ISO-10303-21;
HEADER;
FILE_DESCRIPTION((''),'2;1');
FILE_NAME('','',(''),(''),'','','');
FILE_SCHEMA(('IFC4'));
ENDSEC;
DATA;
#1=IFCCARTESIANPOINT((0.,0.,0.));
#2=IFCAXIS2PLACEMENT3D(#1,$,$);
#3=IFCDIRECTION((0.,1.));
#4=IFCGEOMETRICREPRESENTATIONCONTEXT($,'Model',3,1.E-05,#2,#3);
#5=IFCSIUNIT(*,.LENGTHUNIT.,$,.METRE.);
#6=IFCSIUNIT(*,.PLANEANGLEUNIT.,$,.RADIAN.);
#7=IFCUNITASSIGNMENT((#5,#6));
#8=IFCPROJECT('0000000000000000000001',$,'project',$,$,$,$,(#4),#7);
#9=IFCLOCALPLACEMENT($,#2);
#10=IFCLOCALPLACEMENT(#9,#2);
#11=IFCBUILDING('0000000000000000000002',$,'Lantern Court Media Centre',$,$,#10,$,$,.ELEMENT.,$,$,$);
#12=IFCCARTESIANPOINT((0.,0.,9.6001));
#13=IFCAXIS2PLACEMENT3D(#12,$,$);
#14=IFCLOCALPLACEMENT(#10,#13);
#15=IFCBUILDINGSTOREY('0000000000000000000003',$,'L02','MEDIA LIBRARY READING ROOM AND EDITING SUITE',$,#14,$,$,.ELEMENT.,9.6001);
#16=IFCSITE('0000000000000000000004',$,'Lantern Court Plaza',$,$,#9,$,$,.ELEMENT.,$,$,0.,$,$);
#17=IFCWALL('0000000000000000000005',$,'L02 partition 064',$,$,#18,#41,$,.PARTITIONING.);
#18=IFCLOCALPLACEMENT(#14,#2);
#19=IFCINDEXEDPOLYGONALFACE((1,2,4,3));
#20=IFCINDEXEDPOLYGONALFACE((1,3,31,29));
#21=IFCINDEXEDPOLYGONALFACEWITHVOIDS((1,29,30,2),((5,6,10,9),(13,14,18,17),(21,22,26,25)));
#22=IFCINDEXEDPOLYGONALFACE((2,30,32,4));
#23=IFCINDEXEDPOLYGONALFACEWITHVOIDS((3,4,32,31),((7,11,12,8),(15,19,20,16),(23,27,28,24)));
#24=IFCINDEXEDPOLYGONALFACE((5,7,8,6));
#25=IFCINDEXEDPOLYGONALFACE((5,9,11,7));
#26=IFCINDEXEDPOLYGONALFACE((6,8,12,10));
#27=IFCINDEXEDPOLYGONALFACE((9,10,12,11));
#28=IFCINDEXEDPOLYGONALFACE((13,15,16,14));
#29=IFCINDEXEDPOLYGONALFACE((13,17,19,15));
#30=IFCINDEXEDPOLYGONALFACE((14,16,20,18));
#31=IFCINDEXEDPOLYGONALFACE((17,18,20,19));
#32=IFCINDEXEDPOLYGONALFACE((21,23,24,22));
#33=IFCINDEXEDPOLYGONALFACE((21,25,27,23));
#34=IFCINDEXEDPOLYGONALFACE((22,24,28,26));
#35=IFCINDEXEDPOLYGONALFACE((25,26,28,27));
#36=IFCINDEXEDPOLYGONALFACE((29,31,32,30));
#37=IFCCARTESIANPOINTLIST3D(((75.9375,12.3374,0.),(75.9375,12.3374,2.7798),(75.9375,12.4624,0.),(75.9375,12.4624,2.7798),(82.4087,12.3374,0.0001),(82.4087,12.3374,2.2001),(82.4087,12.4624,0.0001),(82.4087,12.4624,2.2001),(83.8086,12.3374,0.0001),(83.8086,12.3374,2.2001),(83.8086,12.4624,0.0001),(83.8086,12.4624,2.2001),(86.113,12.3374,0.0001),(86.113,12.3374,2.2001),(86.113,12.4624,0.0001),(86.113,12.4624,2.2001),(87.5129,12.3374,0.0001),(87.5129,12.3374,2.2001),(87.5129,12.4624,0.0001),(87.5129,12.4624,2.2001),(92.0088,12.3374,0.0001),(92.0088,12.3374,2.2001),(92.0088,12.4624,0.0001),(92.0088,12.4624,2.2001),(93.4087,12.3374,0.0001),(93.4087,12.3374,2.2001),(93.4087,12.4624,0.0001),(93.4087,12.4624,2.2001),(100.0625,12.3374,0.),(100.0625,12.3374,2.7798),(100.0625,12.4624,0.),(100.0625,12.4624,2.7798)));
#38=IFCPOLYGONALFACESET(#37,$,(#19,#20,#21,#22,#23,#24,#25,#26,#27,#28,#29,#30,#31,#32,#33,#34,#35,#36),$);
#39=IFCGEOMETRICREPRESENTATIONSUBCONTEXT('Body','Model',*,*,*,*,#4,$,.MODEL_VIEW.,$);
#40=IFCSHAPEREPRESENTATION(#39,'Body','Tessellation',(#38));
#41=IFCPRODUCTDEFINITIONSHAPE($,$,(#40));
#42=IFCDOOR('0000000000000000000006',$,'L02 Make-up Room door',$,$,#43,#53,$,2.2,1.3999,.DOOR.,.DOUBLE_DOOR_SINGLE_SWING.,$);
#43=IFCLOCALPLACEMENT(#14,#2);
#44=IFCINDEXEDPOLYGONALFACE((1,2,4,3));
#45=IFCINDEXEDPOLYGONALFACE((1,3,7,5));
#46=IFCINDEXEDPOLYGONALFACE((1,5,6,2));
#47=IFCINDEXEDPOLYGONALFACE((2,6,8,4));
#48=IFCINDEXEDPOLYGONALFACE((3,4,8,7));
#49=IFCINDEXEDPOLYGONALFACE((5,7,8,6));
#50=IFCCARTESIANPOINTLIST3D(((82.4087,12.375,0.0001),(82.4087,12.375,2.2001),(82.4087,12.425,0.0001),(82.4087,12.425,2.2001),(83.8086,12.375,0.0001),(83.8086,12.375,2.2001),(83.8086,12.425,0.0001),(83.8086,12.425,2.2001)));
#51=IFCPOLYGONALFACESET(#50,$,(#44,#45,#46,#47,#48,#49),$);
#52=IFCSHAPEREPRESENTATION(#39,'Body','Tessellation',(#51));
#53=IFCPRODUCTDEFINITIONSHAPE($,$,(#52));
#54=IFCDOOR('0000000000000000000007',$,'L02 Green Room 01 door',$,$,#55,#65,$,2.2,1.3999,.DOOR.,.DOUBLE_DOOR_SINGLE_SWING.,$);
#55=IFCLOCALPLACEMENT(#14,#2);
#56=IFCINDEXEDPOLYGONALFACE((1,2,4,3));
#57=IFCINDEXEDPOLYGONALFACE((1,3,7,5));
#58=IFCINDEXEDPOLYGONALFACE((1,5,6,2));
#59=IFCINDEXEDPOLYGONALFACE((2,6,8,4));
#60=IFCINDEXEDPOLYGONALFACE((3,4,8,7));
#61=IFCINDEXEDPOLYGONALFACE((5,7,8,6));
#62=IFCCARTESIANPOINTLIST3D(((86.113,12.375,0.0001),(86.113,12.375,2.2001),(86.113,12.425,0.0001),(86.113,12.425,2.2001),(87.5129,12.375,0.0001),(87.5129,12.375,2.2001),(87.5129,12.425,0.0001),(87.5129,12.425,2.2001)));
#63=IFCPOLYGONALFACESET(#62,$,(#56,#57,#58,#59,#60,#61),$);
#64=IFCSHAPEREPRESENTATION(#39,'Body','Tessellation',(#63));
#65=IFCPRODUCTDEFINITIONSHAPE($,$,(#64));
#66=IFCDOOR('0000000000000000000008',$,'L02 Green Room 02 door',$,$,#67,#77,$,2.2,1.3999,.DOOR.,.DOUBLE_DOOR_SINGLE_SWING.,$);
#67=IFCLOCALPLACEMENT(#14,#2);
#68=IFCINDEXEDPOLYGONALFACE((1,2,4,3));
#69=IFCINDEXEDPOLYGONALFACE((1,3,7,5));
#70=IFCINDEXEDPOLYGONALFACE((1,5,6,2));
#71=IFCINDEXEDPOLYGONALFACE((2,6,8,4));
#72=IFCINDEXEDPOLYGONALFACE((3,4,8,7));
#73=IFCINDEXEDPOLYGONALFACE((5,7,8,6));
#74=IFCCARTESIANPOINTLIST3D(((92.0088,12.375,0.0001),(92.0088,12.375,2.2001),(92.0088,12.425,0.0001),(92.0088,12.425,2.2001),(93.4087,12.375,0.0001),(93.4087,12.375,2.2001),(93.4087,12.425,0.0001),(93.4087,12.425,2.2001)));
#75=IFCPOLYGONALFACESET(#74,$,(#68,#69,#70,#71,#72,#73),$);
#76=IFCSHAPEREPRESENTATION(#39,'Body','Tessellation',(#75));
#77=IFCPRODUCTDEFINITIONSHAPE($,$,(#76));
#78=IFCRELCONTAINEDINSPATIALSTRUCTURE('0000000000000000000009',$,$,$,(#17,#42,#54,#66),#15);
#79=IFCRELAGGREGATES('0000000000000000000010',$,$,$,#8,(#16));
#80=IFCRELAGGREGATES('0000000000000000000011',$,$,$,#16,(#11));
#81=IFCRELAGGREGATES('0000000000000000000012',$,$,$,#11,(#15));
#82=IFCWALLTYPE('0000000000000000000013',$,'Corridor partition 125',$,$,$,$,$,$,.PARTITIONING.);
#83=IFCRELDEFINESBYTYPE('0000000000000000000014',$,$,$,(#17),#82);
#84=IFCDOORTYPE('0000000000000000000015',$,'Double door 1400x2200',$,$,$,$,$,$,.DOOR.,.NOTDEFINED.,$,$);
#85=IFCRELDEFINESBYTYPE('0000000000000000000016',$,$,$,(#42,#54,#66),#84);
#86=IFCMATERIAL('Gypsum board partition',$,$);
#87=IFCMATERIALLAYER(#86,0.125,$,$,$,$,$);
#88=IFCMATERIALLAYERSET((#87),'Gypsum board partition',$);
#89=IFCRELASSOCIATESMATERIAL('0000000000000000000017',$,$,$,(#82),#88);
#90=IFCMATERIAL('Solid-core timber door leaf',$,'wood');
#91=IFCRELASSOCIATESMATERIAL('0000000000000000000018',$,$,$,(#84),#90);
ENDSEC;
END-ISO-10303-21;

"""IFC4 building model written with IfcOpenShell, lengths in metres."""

from ifc_helpers import new_model, si_unit, direction, frame, frame_2d, origin, place, context, subcontext, project, spatial, rectangle, extrude, material, layer, layer_set, type_object, element, fill, save


model = new_model("IFC4")

# Units and contexts
model_context = context("Model", 3, precision=1e-05, world=origin(), true_north=direction((0.0, 1.0)))
body_context = subcontext(model_context, "Body", "Model", "MODEL_VIEW")
ifc_project = project(units=[si_unit("LENGTHUNIT", "METRE"), si_unit("PLANEANGLEUNIT", "RADIAN")], contexts=[model_context])

# Site, building, storey
site_placement = place(None, origin())
site = spatial("IfcSite", under=ifc_project, at=site_placement, Name="Lantern Court Plaza", CompositionType="ELEMENT", RefElevation=0.0)
building_placement = place(site_placement, origin())
building = spatial("IfcBuilding", under=site, at=building_placement, Name="Lantern Court Media Centre", CompositionType="ELEMENT")
storey_placement = place(building_placement, frame((0.0, 0.0, 9.6001)))
storey = spatial("IfcBuildingStorey", under=building, at=storey_placement, Name="L02", Description="MEDIA LIBRARY READING ROOM AND EDITING SUITE", CompositionType="ELEMENT", Elevation=9.6001)

# Wall, openings, doors
ifc_material_1 = material(Name="Gypsum board partition")
ifc_layer = layer(ifc_material_1, 0.125)
ifc_layer_set = layer_set([ifc_layer], Name="Gypsum board partition")
wall_type = type_object("IfcWallType", Name="Corridor partition 125", PredefinedType="PARTITIONING", material=ifc_layer_set)
wall_placement = place(storey_placement, frame((75.9375, 12.3999, 0.0), z_axis=(0.0, 0.0, 1.0), x_axis=(1.0, 0.0, 0.0)))
wall = element("IfcWall", 1, at=wall_placement, inside=storey, type_object=wall_type, Name="L02 partition 064", PredefinedType="PARTITIONING", context=body_context, shape_type="SweptSolid", body=[
    extrude(rectangle(XDim=24.125, YDim=0.125, at=frame_2d((12.0625, 0.0))), origin(), (0.0, 0.0, 1.0), 2.7798),
])
opening_1_placement = place(wall_placement, frame((6.4712, 0.0, 0.0)))
opening_1 = element("IfcOpeningElement", 2, at=opening_1_placement, cuts=wall, PredefinedType="OPENING", context=body_context, shape_type="SweptSolid", body=[
    extrude(rectangle(XDim=1.3999, YDim=2.2, at=frame_2d((0.7, 1.1001))), frame((0.0, 0.0725, 0.0), z_axis=(0.0, -1.0, 0.0), x_axis=(1.0, 0.0, 0.0)), (0.0, 0.0, 1.0), 0.145),
])
opening_2_placement = place(wall_placement, frame((10.1755, 0.0, 0.0)))
opening_2 = element("IfcOpeningElement", 3, at=opening_2_placement, cuts=wall, PredefinedType="OPENING", context=body_context, shape_type="SweptSolid", body=[
    extrude(rectangle(XDim=1.3999, YDim=2.2, at=frame_2d((0.7, 1.1001))), frame((0.0, 0.0725, 0.0), z_axis=(0.0, -1.0, 0.0), x_axis=(1.0, 0.0, 0.0)), (0.0, 0.0, 1.0), 0.145),
])
opening_3_placement = place(wall_placement, frame((16.0713, 0.0, 0.0)))
opening_3 = element("IfcOpeningElement", 4, at=opening_3_placement, cuts=wall, PredefinedType="OPENING", context=body_context, shape_type="SweptSolid", body=[
    extrude(rectangle(XDim=1.3999, YDim=2.2, at=frame_2d((0.7, 1.1001))), frame((0.0, 0.0725, 0.0), z_axis=(0.0, -1.0, 0.0), x_axis=(1.0, 0.0, 0.0)), (0.0, 0.0, 1.0), 0.145),
])
ifc_material_2 = material(Name="Solid-core timber door leaf", Category="wood")
door_type = type_object("IfcDoorType", Name="Double door 1400x2200", OperationType="NOTDEFINED", PredefinedType="DOOR", material=ifc_material_2)
door_1_placement = place(opening_1_placement, frame((1.3999, 0.0, 0.0), z_axis=(0.0, 0.0, 1.0), x_axis=(-1.0, 0.0, 0.0)))
door_1 = element("IfcDoor", 5, at=door_1_placement, inside=storey, type_object=door_type, Name="L02 Make-up Room door", OperationType="DOUBLE_DOOR_SINGLE_SWING", OverallHeight=2.2, OverallWidth=1.3999, PredefinedType="DOOR", context=body_context, shape_type="SweptSolid", body=[
    extrude(rectangle(XDim=1.3999, YDim=2.2, at=frame_2d((0.7, 1.1001))), frame((0.0, 0.0249, 0.0), z_axis=(0.0, -1.0, 0.0), x_axis=(1.0, 0.0, 0.0)), (0.0, 0.0, 1.0), 0.05),
])
fill(opening_1, door_1)
door_2_placement = place(opening_2_placement, frame((1.3999, 0.0, 0.0), z_axis=(0.0, 0.0, 1.0), x_axis=(-1.0, 0.0, 0.0)))
door_2 = element("IfcDoor", 6, at=door_2_placement, inside=storey, type_object=door_type, Name="L02 Green Room 01 door", OperationType="DOUBLE_DOOR_SINGLE_SWING", OverallHeight=2.2, OverallWidth=1.3999, PredefinedType="DOOR", context=body_context, shape_type="SweptSolid", body=[
    extrude(rectangle(XDim=1.3999, YDim=2.2, at=frame_2d((0.7, 1.1001))), frame((0.0, 0.0249, 0.0), z_axis=(0.0, -1.0, 0.0), x_axis=(1.0, 0.0, 0.0)), (0.0, 0.0, 1.0), 0.05),
])
fill(opening_2, door_2)
door_3_placement = place(opening_3_placement, frame((1.3999, 0.0, 0.0), z_axis=(0.0, 0.0, 1.0), x_axis=(-1.0, 0.0, 0.0)))
door_3 = element("IfcDoor", 7, at=door_3_placement, inside=storey, type_object=door_type, Name="L02 Green Room 02 door", OperationType="DOUBLE_DOOR_SINGLE_SWING", OverallHeight=2.2, OverallWidth=1.3999, PredefinedType="DOOR", context=body_context, shape_type="SweptSolid", body=[
    extrude(rectangle(XDim=1.3999, YDim=2.2, at=frame_2d((0.7, 1.1001))), frame((0.0, 0.0249, 0.0), z_axis=(0.0, -1.0, 0.0), x_axis=(1.0, 0.0, 0.0)), (0.0, 0.0, 1.0), 0.05),
])
fill(opening_3, door_3)

save(model, "model.ifc")
